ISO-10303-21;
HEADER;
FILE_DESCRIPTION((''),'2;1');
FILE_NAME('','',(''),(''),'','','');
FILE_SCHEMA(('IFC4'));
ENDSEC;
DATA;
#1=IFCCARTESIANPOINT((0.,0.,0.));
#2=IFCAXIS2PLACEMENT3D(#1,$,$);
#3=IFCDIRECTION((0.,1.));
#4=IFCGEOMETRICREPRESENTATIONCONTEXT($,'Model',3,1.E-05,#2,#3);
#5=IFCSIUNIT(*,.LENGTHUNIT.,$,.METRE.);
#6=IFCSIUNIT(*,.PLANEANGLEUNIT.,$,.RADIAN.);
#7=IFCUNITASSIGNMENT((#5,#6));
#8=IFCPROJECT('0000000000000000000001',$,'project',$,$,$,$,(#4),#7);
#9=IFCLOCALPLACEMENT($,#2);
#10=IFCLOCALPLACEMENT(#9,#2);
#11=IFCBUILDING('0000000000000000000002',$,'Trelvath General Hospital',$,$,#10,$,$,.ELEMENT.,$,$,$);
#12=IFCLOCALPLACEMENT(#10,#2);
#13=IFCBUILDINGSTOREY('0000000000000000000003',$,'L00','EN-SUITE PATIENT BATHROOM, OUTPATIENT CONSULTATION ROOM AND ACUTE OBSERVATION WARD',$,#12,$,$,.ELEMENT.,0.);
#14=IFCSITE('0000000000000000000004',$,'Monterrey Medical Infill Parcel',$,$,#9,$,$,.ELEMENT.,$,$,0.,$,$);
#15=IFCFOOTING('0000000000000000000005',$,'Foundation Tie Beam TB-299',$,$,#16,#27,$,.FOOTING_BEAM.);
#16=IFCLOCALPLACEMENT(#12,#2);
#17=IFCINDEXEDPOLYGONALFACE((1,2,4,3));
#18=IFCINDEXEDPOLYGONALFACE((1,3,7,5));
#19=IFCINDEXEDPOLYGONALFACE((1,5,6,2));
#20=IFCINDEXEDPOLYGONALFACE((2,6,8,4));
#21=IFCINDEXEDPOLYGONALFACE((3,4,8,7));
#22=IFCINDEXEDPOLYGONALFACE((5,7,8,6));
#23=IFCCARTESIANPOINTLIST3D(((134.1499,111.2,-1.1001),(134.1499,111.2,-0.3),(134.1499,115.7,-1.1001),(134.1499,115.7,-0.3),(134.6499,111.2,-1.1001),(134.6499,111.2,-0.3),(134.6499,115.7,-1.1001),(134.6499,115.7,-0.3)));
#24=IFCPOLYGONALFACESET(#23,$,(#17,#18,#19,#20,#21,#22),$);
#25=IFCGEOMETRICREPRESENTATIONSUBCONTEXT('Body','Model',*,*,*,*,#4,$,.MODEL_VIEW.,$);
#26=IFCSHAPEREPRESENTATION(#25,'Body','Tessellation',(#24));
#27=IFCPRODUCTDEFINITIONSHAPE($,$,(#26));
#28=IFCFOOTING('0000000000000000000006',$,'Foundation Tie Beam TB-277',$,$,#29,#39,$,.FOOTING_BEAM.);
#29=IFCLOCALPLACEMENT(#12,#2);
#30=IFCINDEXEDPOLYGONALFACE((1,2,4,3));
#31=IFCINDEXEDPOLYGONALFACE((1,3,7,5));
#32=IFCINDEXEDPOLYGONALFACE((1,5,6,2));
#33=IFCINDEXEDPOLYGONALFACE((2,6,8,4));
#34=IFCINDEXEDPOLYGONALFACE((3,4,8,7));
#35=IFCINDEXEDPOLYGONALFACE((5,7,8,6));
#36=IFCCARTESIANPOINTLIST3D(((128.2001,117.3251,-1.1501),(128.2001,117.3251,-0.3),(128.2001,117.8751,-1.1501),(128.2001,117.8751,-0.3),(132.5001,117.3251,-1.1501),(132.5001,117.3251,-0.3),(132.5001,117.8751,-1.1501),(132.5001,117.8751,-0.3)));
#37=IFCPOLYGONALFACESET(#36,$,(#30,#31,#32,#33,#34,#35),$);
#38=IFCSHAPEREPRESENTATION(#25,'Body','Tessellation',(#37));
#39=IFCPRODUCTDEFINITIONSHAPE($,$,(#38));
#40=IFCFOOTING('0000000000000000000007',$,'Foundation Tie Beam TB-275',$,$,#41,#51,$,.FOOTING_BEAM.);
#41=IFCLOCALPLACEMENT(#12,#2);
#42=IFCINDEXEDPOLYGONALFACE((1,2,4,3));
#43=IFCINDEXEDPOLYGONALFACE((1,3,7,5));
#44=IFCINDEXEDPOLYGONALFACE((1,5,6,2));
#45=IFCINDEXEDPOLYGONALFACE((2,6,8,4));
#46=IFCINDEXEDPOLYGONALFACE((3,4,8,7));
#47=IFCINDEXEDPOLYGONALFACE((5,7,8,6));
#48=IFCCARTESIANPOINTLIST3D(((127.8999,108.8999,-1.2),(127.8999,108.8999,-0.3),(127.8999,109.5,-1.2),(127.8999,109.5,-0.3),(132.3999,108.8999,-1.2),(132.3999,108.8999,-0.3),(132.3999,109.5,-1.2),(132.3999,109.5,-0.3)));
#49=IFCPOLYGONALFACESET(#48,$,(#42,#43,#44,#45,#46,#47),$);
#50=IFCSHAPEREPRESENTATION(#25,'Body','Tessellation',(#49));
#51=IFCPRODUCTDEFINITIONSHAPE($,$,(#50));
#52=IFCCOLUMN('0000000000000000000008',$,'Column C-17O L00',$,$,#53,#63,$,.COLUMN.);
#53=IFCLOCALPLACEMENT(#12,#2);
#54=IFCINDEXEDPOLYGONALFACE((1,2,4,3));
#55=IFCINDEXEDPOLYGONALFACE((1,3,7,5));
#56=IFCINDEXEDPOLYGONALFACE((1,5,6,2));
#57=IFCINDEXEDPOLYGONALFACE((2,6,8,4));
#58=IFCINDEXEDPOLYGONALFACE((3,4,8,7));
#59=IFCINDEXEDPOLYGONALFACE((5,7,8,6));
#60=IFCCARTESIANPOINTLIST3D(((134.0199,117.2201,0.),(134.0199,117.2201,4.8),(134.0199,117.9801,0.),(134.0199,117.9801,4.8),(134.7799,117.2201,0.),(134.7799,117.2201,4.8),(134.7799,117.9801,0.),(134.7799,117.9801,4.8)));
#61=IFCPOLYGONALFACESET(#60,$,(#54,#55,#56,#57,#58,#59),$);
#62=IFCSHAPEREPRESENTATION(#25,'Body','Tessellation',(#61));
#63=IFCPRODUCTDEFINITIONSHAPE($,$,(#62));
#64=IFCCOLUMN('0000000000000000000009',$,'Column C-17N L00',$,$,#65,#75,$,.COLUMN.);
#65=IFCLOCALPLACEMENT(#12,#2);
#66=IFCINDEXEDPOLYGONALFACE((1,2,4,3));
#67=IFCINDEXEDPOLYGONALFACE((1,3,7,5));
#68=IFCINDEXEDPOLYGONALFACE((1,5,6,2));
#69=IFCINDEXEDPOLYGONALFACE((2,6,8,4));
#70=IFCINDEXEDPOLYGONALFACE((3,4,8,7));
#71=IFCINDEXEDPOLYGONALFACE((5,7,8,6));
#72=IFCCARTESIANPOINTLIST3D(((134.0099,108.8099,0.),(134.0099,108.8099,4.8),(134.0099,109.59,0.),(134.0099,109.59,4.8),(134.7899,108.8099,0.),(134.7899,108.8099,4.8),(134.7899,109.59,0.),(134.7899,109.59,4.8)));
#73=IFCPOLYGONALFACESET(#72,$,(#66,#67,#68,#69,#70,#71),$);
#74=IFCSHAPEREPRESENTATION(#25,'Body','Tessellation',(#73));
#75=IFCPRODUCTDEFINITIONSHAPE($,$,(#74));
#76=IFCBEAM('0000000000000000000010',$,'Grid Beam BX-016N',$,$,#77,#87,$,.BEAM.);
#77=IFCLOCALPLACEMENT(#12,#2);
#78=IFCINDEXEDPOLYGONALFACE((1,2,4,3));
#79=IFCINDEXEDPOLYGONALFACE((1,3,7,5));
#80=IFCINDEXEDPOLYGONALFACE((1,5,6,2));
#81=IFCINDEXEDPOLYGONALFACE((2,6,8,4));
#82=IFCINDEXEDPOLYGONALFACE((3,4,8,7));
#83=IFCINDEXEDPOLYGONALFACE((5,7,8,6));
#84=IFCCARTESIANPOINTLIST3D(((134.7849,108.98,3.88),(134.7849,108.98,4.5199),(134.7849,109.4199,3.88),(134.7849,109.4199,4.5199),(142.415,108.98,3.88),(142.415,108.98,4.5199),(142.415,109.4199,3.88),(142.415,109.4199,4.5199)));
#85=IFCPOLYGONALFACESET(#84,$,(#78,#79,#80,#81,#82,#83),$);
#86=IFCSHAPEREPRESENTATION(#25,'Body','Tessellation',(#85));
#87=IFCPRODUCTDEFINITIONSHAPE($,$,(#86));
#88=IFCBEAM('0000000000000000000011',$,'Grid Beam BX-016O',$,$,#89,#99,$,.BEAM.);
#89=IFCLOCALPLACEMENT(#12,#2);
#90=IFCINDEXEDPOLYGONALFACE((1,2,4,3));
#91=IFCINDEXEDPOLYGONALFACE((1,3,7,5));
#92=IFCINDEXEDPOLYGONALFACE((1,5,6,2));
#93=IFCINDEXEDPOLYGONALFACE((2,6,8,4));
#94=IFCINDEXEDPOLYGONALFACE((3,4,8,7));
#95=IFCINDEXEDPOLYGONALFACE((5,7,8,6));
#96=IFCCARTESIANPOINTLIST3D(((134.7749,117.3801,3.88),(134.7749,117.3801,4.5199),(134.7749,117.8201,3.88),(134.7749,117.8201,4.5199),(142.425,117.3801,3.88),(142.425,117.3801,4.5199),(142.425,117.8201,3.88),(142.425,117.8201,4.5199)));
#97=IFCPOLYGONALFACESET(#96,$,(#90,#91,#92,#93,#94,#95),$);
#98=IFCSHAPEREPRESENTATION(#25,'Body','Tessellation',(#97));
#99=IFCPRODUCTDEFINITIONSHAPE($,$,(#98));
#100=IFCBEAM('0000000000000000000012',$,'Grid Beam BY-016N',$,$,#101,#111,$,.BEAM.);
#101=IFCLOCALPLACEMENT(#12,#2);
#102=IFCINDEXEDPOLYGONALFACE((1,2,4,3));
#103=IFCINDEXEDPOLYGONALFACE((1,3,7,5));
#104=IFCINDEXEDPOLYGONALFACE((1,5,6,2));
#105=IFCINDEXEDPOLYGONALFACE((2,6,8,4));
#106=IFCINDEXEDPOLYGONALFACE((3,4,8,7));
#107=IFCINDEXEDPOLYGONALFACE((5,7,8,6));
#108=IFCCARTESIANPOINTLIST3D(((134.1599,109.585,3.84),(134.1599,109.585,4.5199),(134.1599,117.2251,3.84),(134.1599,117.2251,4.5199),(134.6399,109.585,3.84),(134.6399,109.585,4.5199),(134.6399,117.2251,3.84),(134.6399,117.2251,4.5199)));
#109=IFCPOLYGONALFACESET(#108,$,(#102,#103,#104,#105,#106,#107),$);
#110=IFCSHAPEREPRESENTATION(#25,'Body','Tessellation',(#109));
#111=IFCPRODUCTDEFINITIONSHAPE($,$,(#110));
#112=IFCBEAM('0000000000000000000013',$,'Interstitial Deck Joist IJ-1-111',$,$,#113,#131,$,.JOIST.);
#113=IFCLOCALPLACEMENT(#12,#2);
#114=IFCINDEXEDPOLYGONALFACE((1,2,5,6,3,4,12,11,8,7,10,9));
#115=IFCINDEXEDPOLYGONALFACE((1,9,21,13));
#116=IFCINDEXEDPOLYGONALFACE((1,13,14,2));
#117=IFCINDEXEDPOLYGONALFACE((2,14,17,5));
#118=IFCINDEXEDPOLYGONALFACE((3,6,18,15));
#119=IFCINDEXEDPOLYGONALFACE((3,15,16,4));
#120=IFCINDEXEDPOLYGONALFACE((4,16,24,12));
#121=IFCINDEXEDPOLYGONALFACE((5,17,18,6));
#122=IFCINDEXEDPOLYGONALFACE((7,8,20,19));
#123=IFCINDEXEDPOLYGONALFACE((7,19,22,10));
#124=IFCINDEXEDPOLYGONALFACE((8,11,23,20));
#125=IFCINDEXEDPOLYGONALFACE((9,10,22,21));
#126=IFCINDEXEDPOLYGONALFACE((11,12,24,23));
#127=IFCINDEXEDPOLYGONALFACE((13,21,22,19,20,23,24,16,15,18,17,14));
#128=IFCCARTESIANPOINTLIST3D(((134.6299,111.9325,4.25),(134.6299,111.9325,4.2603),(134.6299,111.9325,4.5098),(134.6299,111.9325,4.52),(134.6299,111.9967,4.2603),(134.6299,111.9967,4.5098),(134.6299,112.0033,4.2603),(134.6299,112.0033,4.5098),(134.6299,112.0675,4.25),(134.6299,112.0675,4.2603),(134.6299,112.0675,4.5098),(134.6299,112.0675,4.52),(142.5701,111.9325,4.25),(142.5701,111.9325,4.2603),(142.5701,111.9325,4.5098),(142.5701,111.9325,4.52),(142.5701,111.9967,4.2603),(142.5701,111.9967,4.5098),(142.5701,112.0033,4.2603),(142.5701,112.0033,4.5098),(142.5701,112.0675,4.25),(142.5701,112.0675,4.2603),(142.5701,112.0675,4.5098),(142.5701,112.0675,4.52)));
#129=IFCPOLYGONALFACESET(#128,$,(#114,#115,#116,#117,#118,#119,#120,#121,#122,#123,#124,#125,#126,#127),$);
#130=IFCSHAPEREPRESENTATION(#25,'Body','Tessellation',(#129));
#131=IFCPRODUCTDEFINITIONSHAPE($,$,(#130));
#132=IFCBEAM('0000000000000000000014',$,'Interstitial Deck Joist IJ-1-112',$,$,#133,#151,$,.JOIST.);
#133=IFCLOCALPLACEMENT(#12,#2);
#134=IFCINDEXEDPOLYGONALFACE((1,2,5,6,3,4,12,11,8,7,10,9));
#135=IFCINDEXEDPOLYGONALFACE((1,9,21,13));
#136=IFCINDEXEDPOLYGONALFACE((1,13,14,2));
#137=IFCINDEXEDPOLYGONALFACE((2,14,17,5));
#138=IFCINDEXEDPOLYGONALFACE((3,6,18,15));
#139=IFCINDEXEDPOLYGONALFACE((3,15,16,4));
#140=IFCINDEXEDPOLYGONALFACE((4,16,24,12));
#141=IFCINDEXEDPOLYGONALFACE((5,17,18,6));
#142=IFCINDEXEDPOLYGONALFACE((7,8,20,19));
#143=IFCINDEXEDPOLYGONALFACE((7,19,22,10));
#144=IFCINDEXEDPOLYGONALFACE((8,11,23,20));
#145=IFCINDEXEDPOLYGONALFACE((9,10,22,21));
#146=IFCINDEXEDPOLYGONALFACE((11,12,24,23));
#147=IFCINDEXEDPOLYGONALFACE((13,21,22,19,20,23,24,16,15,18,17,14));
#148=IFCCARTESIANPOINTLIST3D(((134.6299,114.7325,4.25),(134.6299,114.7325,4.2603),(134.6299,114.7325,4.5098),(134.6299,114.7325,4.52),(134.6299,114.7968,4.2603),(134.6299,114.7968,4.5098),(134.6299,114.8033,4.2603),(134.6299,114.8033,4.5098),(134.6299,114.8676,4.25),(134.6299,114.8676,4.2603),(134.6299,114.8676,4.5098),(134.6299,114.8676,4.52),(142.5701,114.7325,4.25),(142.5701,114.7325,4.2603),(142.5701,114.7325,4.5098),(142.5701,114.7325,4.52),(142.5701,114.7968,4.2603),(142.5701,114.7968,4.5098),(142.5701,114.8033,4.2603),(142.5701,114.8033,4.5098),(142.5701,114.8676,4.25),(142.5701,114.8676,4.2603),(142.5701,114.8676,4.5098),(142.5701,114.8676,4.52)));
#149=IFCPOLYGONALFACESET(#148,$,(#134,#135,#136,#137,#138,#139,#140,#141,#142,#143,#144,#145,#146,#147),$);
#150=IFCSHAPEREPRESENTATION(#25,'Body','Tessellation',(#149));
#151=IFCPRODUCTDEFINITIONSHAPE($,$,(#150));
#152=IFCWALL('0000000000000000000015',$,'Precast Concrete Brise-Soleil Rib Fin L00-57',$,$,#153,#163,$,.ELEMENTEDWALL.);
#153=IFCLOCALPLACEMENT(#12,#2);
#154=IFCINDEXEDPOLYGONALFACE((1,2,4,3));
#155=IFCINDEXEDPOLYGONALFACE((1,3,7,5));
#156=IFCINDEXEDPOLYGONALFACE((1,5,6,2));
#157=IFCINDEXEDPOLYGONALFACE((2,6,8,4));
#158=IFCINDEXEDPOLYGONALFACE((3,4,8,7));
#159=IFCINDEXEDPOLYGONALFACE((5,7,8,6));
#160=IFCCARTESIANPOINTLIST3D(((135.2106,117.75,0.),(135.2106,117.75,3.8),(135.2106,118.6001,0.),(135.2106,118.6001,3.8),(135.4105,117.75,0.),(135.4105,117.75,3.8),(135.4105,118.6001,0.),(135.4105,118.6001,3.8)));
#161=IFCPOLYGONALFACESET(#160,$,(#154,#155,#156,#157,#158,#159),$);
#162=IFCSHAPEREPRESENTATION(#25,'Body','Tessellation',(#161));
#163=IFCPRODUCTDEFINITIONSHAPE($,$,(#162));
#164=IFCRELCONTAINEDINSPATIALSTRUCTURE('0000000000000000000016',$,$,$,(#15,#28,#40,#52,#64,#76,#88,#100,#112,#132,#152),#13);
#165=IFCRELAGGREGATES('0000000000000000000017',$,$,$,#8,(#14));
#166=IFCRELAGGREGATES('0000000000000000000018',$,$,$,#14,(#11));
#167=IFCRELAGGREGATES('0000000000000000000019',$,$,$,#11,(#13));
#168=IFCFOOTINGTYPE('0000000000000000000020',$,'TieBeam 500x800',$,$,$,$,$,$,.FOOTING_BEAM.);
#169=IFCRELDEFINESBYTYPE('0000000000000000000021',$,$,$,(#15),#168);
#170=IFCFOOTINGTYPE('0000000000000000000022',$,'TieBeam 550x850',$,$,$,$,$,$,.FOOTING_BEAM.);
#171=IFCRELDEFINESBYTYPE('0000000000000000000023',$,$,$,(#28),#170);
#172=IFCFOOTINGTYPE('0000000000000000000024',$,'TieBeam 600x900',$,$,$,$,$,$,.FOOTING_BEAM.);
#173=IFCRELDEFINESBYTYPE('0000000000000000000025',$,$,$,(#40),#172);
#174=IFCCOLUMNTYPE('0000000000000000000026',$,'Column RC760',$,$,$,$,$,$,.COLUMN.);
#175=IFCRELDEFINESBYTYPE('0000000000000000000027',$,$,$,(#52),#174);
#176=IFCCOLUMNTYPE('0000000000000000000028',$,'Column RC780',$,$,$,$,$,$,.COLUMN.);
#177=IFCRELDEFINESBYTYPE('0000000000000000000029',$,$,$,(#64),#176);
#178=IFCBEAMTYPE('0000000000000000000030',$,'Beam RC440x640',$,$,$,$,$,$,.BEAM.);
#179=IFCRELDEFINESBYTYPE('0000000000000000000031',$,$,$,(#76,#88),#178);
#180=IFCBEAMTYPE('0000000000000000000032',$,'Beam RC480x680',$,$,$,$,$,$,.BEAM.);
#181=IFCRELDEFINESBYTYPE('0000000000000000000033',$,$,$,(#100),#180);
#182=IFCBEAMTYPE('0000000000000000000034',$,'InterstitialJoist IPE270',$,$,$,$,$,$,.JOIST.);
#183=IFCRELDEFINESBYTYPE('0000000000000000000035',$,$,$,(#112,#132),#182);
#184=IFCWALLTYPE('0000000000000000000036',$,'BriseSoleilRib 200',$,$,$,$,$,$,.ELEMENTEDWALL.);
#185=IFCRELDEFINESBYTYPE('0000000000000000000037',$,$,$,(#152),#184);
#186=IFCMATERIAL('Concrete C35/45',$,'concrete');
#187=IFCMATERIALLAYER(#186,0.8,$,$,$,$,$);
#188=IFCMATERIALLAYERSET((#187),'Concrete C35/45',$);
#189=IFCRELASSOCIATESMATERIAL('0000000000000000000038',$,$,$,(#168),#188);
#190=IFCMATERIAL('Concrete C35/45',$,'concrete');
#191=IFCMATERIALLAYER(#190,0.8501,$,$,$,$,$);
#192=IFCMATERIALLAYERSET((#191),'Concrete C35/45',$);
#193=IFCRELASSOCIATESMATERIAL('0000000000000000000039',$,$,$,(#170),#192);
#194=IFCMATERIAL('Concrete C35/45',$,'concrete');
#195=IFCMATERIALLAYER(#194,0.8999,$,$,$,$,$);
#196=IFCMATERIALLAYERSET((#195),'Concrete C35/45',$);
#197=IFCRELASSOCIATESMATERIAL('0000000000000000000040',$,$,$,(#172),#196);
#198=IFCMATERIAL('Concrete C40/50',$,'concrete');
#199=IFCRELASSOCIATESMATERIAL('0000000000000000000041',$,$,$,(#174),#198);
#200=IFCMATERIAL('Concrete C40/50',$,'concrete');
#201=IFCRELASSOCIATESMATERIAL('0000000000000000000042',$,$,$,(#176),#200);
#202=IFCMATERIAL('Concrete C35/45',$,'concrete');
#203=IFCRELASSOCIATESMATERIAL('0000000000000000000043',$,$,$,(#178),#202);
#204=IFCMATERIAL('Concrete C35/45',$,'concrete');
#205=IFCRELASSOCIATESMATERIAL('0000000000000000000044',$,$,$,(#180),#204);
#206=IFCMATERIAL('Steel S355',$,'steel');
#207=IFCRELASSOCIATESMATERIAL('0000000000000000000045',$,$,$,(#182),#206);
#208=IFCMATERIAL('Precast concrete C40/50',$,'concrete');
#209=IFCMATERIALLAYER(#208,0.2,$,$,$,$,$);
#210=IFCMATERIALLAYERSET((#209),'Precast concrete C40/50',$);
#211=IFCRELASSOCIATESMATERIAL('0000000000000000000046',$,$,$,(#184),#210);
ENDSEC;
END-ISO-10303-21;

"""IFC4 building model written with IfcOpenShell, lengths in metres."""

from ifc_helpers import new_model, si_unit, direction, frame, frame_2d, origin, origin_2d, place, context, subcontext, project, spatial, rectangle, i_section, extrude, material, layer, layer_set, material_profile, profile_set, type_object, element, save


model = new_model("IFC4")

# Units and contexts
model_context = context("Model", 3, precision=1e-05, world=origin(), true_north=direction((0.0, 1.0)))
body_context = subcontext(model_context, "Body", "Model", "MODEL_VIEW")
ifc_project = project(units=[si_unit("LENGTHUNIT", "METRE"), si_unit("PLANEANGLEUNIT", "RADIAN")], contexts=[model_context])

# Site, building, storey
site_placement = place(None, origin())
site = spatial("IfcSite", under=ifc_project, at=site_placement, Name="Monterrey Medical Infill Parcel", CompositionType="ELEMENT", RefElevation=0.0)
building_placement = place(site_placement, origin())
building = spatial("IfcBuilding", under=site, at=building_placement, Name="Trelvath General Hospital", CompositionType="ELEMENT")
storey_placement = place(building_placement, origin())
storey = spatial("IfcBuildingStorey", under=building, at=storey_placement, Name="L00", Description="EN-SUITE PATIENT BATHROOM, OUTPATIENT CONSULTATION ROOM AND ACUTE OBSERVATION WARD", CompositionType="ELEMENT", Elevation=0.0)

# Footings
ifc_material_1 = material(Name="Concrete C35/45", Category="concrete")
ifc_layer_1 = layer(ifc_material_1, 0.8)
ifc_layer_set_1 = layer_set([ifc_layer_1], Name="Concrete C35/45")
footing_type_1 = type_object("IfcFootingType", Name="TieBeam 500x800", PredefinedType="FOOTING_BEAM", material=ifc_layer_set_1)
footing_1_placement = place(storey_placement, frame((134.3999, 113.45, -1.1001), z_axis=(0.0, 0.0, 1.0), x_axis=(1.0, 0.0, 0.0)))
element("IfcFooting", 1, at=footing_1_placement, inside=storey, type_object=footing_type_1, Name="Foundation Tie Beam TB-299", PredefinedType="FOOTING_BEAM", context=body_context, shape_type="SweptSolid", body=[
    extrude(rectangle(XDim=0.5, YDim=4.5, at=origin_2d()), origin(), (0.0, 0.0, 1.0), 0.8),
])
ifc_material_2 = material(Name="Concrete C35/45", Category="concrete")
ifc_layer_2 = layer(ifc_material_2, 0.8501)
ifc_layer_set_2 = layer_set([ifc_layer_2], Name="Concrete C35/45")
footing_type_2 = type_object("IfcFootingType", Name="TieBeam 550x850", PredefinedType="FOOTING_BEAM", material=ifc_layer_set_2)
footing_2_placement = place(storey_placement, frame((130.3501, 117.6001, -1.1501), z_axis=(0.0, 0.0, 1.0), x_axis=(1.0, 0.0, 0.0)))
element("IfcFooting", 2, at=footing_2_placement, inside=storey, type_object=footing_type_2, Name="Foundation Tie Beam TB-277", PredefinedType="FOOTING_BEAM", context=body_context, shape_type="SweptSolid", body=[
    extrude(rectangle(XDim=4.3, YDim=0.55, at=origin_2d()), origin(), (0.0, 0.0, 1.0), 0.8501),
])
ifc_material_3 = material(Name="Concrete C35/45", Category="concrete")
ifc_layer_3 = layer(ifc_material_3, 0.8999)
ifc_layer_set_3 = layer_set([ifc_layer_3], Name="Concrete C35/45")
footing_type_3 = type_object("IfcFootingType", Name="TieBeam 600x900", PredefinedType="FOOTING_BEAM", material=ifc_layer_set_3)
footing_3_placement = place(storey_placement, frame((130.1499, 109.2, -1.2), z_axis=(0.0, 0.0, 1.0), x_axis=(1.0, 0.0, 0.0)))
element("IfcFooting", 3, at=footing_3_placement, inside=storey, type_object=footing_type_3, Name="Foundation Tie Beam TB-275", PredefinedType="FOOTING_BEAM", context=body_context, shape_type="SweptSolid", body=[
    extrude(rectangle(XDim=4.5, YDim=0.6001, at=origin_2d()), origin(), (0.0, 0.0, 1.0), 0.8999),
])

# Columns
ifc_material_4 = material(Name="Concrete C40/50", Category="concrete")
ifc_material_profile_1 = material_profile(ifc_material_4, rectangle(XDim=0.76, YDim=0.76, at=origin_2d()), Name="RC760x760")
ifc_profile_set_1 = profile_set([ifc_material_profile_1], Name="Concrete C40/50")
column_type_1 = type_object("IfcColumnType", Name="Column RC760", PredefinedType="COLUMN", material=ifc_profile_set_1)
column_1_placement = place(storey_placement, frame((134.3999, 117.6001, 0.0), z_axis=(0.0, 0.0, 1.0), x_axis=(1.0, 0.0, 0.0)))
element("IfcColumn", 4, at=column_1_placement, inside=storey, type_object=column_type_1, Name="Column C-17O L00", PredefinedType="COLUMN", context=body_context, shape_type="SweptSolid", body=[
    extrude(rectangle(XDim=0.76, YDim=0.76, at=origin_2d()), origin(), (0.0, 0.0, 1.0), 4.8),
])
ifc_material_5 = material(Name="Concrete C40/50", Category="concrete")
ifc_material_profile_2 = material_profile(ifc_material_5, rectangle(XDim=0.78, YDim=0.78, at=origin_2d()), Name="RC780x780")
ifc_profile_set_2 = profile_set([ifc_material_profile_2], Name="Concrete C40/50")
column_type_2 = type_object("IfcColumnType", Name="Column RC780", PredefinedType="COLUMN", material=ifc_profile_set_2)
column_2_placement = place(storey_placement, frame((134.3999, 109.2, 0.0), z_axis=(0.0, 0.0, 1.0), x_axis=(1.0, 0.0, 0.0)))
element("IfcColumn", 5, at=column_2_placement, inside=storey, type_object=column_type_2, Name="Column C-17N L00", PredefinedType="COLUMN", context=body_context, shape_type="SweptSolid", body=[
    extrude(rectangle(XDim=0.78, YDim=0.78, at=origin_2d()), origin(), (0.0, 0.0, 1.0), 4.8),
])

# Beams
ifc_material_6 = material(Name="Concrete C35/45", Category="concrete")
ifc_material_profile_3 = material_profile(ifc_material_6, rectangle(XDim=0.4399, YDim=0.6399, at=origin_2d()), Name="RCB440x640")
ifc_profile_set_3 = profile_set([ifc_material_profile_3], Name="Concrete C35/45")
beam_type_1 = type_object("IfcBeamType", Name="Beam RC440x640", PredefinedType="BEAM", material=ifc_profile_set_3)
beam_1_placement = place(storey_placement, frame((134.7849, 109.2, 4.2), z_axis=(1.0, 0.0, 0.0), x_axis=(0.0, 1.0, 0.0)))
element("IfcBeam", 6, at=beam_1_placement, inside=storey, type_object=beam_type_1, Name="Grid Beam BX-016N", PredefinedType="BEAM", context=body_context, shape_type="SweptSolid", body=[
    extrude(rectangle(XDim=0.4399, YDim=0.6399, at=origin_2d()), origin(), (0.0, 0.0, 1.0), 7.6301),
])
beam_2_placement = place(storey_placement, frame((134.7749, 117.6001, 4.2), z_axis=(1.0, 0.0, 0.0), x_axis=(0.0, 1.0, 0.0)))
element("IfcBeam", 7, at=beam_2_placement, inside=storey, type_object=beam_type_1, Name="Grid Beam BX-016O", PredefinedType="BEAM", context=body_context, shape_type="SweptSolid", body=[
    extrude(rectangle(XDim=0.4399, YDim=0.6399, at=origin_2d()), origin(), (0.0, 0.0, 1.0), 7.6501),
])
ifc_material_7 = material(Name="Concrete C35/45", Category="concrete")
ifc_material_profile_4 = material_profile(ifc_material_7, rectangle(XDim=0.48, YDim=0.6799, at=origin_2d()), Name="RCB480x680")
ifc_profile_set_4 = profile_set([ifc_material_profile_4], Name="Concrete C35/45")
beam_type_2 = type_object("IfcBeamType", Name="Beam RC480x680", PredefinedType="BEAM", material=ifc_profile_set_4)
beam_3_placement = place(storey_placement, frame((134.3999, 109.585, 4.1799), z_axis=(0.0, 1.0, 0.0), x_axis=(-1.0, 0.0, 0.0)))
element("IfcBeam", 8, at=beam_3_placement, inside=storey, type_object=beam_type_2, Name="Grid Beam BY-016N", PredefinedType="BEAM", context=body_context, shape_type="SweptSolid", body=[
    extrude(rectangle(XDim=0.48, YDim=0.6799, at=origin_2d()), origin(), (0.0, 0.0, 1.0), 7.6401),
])
ifc_material_8 = material(Name="Steel S355", Category="steel")
ifc_material_profile_5 = material_profile(ifc_material_8, i_section(OverallWidth=0.135, OverallDepth=0.27, WebThickness=0.0066, FlangeThickness=0.0103, at=origin_2d()), Name="IPE270")
ifc_profile_set_5 = profile_set([ifc_material_profile_5], Name="Steel S355")
beam_type_3 = type_object("IfcBeamType", Name="InterstitialJoist IPE270", PredefinedType="JOIST", material=ifc_profile_set_5)
for number, where, z_axis, x_axis, name in (
    (9, (134.6299, 112.0, 4.385), (1.0, 0.0, 0.0), (0.0, 1.0, 0.0), "Interstitial Deck Joist IJ-1-111"),
    (10, (134.6299, 114.8, 4.385), (1.0, 0.0, 0.0), (0.0, 1.0, 0.0), "Interstitial Deck Joist IJ-1-112"),
):
    element("IfcBeam", number, at=place(storey_placement, frame(where, z_axis=z_axis, x_axis=x_axis)), inside=storey, type_object=beam_type_3, Name=name, PredefinedType="JOIST", context=body_context, shape_type="SweptSolid", body=[
        extrude(i_section(OverallWidth=0.135, OverallDepth=0.27, WebThickness=0.0066, FlangeThickness=0.0103, at=origin_2d()), origin(), (0.0, 0.0, 1.0), 7.9402),
    ])

# Wall
ifc_material_9 = material(Name="Precast concrete C40/50", Category="concrete")
ifc_layer_4 = layer(ifc_material_9, 0.2)
ifc_layer_set_4 = layer_set([ifc_layer_4], Name="Precast concrete C40/50")
wall_type_1 = type_object("IfcWallType", Name="BriseSoleilRib 200", PredefinedType="ELEMENTEDWALL", material=ifc_layer_set_4)
wall_1_placement = place(storey_placement, frame((135.3105, 117.75, 0.0), z_axis=(0.0, 0.0, 1.0), x_axis=(0.0, 1.0, 0.0)))
element("IfcWall", 11, at=wall_1_placement, inside=storey, type_object=wall_type_1, Name="Precast Concrete Brise-Soleil Rib Fin L00-57", PredefinedType="ELEMENTEDWALL", context=body_context, shape_type="SweptSolid", body=[
    extrude(rectangle(XDim=0.8501, YDim=0.2, at=frame_2d((0.425, 0.0))), origin(), (0.0, 0.0, 1.0), 3.8),
])

save(model, "model.ifc")
